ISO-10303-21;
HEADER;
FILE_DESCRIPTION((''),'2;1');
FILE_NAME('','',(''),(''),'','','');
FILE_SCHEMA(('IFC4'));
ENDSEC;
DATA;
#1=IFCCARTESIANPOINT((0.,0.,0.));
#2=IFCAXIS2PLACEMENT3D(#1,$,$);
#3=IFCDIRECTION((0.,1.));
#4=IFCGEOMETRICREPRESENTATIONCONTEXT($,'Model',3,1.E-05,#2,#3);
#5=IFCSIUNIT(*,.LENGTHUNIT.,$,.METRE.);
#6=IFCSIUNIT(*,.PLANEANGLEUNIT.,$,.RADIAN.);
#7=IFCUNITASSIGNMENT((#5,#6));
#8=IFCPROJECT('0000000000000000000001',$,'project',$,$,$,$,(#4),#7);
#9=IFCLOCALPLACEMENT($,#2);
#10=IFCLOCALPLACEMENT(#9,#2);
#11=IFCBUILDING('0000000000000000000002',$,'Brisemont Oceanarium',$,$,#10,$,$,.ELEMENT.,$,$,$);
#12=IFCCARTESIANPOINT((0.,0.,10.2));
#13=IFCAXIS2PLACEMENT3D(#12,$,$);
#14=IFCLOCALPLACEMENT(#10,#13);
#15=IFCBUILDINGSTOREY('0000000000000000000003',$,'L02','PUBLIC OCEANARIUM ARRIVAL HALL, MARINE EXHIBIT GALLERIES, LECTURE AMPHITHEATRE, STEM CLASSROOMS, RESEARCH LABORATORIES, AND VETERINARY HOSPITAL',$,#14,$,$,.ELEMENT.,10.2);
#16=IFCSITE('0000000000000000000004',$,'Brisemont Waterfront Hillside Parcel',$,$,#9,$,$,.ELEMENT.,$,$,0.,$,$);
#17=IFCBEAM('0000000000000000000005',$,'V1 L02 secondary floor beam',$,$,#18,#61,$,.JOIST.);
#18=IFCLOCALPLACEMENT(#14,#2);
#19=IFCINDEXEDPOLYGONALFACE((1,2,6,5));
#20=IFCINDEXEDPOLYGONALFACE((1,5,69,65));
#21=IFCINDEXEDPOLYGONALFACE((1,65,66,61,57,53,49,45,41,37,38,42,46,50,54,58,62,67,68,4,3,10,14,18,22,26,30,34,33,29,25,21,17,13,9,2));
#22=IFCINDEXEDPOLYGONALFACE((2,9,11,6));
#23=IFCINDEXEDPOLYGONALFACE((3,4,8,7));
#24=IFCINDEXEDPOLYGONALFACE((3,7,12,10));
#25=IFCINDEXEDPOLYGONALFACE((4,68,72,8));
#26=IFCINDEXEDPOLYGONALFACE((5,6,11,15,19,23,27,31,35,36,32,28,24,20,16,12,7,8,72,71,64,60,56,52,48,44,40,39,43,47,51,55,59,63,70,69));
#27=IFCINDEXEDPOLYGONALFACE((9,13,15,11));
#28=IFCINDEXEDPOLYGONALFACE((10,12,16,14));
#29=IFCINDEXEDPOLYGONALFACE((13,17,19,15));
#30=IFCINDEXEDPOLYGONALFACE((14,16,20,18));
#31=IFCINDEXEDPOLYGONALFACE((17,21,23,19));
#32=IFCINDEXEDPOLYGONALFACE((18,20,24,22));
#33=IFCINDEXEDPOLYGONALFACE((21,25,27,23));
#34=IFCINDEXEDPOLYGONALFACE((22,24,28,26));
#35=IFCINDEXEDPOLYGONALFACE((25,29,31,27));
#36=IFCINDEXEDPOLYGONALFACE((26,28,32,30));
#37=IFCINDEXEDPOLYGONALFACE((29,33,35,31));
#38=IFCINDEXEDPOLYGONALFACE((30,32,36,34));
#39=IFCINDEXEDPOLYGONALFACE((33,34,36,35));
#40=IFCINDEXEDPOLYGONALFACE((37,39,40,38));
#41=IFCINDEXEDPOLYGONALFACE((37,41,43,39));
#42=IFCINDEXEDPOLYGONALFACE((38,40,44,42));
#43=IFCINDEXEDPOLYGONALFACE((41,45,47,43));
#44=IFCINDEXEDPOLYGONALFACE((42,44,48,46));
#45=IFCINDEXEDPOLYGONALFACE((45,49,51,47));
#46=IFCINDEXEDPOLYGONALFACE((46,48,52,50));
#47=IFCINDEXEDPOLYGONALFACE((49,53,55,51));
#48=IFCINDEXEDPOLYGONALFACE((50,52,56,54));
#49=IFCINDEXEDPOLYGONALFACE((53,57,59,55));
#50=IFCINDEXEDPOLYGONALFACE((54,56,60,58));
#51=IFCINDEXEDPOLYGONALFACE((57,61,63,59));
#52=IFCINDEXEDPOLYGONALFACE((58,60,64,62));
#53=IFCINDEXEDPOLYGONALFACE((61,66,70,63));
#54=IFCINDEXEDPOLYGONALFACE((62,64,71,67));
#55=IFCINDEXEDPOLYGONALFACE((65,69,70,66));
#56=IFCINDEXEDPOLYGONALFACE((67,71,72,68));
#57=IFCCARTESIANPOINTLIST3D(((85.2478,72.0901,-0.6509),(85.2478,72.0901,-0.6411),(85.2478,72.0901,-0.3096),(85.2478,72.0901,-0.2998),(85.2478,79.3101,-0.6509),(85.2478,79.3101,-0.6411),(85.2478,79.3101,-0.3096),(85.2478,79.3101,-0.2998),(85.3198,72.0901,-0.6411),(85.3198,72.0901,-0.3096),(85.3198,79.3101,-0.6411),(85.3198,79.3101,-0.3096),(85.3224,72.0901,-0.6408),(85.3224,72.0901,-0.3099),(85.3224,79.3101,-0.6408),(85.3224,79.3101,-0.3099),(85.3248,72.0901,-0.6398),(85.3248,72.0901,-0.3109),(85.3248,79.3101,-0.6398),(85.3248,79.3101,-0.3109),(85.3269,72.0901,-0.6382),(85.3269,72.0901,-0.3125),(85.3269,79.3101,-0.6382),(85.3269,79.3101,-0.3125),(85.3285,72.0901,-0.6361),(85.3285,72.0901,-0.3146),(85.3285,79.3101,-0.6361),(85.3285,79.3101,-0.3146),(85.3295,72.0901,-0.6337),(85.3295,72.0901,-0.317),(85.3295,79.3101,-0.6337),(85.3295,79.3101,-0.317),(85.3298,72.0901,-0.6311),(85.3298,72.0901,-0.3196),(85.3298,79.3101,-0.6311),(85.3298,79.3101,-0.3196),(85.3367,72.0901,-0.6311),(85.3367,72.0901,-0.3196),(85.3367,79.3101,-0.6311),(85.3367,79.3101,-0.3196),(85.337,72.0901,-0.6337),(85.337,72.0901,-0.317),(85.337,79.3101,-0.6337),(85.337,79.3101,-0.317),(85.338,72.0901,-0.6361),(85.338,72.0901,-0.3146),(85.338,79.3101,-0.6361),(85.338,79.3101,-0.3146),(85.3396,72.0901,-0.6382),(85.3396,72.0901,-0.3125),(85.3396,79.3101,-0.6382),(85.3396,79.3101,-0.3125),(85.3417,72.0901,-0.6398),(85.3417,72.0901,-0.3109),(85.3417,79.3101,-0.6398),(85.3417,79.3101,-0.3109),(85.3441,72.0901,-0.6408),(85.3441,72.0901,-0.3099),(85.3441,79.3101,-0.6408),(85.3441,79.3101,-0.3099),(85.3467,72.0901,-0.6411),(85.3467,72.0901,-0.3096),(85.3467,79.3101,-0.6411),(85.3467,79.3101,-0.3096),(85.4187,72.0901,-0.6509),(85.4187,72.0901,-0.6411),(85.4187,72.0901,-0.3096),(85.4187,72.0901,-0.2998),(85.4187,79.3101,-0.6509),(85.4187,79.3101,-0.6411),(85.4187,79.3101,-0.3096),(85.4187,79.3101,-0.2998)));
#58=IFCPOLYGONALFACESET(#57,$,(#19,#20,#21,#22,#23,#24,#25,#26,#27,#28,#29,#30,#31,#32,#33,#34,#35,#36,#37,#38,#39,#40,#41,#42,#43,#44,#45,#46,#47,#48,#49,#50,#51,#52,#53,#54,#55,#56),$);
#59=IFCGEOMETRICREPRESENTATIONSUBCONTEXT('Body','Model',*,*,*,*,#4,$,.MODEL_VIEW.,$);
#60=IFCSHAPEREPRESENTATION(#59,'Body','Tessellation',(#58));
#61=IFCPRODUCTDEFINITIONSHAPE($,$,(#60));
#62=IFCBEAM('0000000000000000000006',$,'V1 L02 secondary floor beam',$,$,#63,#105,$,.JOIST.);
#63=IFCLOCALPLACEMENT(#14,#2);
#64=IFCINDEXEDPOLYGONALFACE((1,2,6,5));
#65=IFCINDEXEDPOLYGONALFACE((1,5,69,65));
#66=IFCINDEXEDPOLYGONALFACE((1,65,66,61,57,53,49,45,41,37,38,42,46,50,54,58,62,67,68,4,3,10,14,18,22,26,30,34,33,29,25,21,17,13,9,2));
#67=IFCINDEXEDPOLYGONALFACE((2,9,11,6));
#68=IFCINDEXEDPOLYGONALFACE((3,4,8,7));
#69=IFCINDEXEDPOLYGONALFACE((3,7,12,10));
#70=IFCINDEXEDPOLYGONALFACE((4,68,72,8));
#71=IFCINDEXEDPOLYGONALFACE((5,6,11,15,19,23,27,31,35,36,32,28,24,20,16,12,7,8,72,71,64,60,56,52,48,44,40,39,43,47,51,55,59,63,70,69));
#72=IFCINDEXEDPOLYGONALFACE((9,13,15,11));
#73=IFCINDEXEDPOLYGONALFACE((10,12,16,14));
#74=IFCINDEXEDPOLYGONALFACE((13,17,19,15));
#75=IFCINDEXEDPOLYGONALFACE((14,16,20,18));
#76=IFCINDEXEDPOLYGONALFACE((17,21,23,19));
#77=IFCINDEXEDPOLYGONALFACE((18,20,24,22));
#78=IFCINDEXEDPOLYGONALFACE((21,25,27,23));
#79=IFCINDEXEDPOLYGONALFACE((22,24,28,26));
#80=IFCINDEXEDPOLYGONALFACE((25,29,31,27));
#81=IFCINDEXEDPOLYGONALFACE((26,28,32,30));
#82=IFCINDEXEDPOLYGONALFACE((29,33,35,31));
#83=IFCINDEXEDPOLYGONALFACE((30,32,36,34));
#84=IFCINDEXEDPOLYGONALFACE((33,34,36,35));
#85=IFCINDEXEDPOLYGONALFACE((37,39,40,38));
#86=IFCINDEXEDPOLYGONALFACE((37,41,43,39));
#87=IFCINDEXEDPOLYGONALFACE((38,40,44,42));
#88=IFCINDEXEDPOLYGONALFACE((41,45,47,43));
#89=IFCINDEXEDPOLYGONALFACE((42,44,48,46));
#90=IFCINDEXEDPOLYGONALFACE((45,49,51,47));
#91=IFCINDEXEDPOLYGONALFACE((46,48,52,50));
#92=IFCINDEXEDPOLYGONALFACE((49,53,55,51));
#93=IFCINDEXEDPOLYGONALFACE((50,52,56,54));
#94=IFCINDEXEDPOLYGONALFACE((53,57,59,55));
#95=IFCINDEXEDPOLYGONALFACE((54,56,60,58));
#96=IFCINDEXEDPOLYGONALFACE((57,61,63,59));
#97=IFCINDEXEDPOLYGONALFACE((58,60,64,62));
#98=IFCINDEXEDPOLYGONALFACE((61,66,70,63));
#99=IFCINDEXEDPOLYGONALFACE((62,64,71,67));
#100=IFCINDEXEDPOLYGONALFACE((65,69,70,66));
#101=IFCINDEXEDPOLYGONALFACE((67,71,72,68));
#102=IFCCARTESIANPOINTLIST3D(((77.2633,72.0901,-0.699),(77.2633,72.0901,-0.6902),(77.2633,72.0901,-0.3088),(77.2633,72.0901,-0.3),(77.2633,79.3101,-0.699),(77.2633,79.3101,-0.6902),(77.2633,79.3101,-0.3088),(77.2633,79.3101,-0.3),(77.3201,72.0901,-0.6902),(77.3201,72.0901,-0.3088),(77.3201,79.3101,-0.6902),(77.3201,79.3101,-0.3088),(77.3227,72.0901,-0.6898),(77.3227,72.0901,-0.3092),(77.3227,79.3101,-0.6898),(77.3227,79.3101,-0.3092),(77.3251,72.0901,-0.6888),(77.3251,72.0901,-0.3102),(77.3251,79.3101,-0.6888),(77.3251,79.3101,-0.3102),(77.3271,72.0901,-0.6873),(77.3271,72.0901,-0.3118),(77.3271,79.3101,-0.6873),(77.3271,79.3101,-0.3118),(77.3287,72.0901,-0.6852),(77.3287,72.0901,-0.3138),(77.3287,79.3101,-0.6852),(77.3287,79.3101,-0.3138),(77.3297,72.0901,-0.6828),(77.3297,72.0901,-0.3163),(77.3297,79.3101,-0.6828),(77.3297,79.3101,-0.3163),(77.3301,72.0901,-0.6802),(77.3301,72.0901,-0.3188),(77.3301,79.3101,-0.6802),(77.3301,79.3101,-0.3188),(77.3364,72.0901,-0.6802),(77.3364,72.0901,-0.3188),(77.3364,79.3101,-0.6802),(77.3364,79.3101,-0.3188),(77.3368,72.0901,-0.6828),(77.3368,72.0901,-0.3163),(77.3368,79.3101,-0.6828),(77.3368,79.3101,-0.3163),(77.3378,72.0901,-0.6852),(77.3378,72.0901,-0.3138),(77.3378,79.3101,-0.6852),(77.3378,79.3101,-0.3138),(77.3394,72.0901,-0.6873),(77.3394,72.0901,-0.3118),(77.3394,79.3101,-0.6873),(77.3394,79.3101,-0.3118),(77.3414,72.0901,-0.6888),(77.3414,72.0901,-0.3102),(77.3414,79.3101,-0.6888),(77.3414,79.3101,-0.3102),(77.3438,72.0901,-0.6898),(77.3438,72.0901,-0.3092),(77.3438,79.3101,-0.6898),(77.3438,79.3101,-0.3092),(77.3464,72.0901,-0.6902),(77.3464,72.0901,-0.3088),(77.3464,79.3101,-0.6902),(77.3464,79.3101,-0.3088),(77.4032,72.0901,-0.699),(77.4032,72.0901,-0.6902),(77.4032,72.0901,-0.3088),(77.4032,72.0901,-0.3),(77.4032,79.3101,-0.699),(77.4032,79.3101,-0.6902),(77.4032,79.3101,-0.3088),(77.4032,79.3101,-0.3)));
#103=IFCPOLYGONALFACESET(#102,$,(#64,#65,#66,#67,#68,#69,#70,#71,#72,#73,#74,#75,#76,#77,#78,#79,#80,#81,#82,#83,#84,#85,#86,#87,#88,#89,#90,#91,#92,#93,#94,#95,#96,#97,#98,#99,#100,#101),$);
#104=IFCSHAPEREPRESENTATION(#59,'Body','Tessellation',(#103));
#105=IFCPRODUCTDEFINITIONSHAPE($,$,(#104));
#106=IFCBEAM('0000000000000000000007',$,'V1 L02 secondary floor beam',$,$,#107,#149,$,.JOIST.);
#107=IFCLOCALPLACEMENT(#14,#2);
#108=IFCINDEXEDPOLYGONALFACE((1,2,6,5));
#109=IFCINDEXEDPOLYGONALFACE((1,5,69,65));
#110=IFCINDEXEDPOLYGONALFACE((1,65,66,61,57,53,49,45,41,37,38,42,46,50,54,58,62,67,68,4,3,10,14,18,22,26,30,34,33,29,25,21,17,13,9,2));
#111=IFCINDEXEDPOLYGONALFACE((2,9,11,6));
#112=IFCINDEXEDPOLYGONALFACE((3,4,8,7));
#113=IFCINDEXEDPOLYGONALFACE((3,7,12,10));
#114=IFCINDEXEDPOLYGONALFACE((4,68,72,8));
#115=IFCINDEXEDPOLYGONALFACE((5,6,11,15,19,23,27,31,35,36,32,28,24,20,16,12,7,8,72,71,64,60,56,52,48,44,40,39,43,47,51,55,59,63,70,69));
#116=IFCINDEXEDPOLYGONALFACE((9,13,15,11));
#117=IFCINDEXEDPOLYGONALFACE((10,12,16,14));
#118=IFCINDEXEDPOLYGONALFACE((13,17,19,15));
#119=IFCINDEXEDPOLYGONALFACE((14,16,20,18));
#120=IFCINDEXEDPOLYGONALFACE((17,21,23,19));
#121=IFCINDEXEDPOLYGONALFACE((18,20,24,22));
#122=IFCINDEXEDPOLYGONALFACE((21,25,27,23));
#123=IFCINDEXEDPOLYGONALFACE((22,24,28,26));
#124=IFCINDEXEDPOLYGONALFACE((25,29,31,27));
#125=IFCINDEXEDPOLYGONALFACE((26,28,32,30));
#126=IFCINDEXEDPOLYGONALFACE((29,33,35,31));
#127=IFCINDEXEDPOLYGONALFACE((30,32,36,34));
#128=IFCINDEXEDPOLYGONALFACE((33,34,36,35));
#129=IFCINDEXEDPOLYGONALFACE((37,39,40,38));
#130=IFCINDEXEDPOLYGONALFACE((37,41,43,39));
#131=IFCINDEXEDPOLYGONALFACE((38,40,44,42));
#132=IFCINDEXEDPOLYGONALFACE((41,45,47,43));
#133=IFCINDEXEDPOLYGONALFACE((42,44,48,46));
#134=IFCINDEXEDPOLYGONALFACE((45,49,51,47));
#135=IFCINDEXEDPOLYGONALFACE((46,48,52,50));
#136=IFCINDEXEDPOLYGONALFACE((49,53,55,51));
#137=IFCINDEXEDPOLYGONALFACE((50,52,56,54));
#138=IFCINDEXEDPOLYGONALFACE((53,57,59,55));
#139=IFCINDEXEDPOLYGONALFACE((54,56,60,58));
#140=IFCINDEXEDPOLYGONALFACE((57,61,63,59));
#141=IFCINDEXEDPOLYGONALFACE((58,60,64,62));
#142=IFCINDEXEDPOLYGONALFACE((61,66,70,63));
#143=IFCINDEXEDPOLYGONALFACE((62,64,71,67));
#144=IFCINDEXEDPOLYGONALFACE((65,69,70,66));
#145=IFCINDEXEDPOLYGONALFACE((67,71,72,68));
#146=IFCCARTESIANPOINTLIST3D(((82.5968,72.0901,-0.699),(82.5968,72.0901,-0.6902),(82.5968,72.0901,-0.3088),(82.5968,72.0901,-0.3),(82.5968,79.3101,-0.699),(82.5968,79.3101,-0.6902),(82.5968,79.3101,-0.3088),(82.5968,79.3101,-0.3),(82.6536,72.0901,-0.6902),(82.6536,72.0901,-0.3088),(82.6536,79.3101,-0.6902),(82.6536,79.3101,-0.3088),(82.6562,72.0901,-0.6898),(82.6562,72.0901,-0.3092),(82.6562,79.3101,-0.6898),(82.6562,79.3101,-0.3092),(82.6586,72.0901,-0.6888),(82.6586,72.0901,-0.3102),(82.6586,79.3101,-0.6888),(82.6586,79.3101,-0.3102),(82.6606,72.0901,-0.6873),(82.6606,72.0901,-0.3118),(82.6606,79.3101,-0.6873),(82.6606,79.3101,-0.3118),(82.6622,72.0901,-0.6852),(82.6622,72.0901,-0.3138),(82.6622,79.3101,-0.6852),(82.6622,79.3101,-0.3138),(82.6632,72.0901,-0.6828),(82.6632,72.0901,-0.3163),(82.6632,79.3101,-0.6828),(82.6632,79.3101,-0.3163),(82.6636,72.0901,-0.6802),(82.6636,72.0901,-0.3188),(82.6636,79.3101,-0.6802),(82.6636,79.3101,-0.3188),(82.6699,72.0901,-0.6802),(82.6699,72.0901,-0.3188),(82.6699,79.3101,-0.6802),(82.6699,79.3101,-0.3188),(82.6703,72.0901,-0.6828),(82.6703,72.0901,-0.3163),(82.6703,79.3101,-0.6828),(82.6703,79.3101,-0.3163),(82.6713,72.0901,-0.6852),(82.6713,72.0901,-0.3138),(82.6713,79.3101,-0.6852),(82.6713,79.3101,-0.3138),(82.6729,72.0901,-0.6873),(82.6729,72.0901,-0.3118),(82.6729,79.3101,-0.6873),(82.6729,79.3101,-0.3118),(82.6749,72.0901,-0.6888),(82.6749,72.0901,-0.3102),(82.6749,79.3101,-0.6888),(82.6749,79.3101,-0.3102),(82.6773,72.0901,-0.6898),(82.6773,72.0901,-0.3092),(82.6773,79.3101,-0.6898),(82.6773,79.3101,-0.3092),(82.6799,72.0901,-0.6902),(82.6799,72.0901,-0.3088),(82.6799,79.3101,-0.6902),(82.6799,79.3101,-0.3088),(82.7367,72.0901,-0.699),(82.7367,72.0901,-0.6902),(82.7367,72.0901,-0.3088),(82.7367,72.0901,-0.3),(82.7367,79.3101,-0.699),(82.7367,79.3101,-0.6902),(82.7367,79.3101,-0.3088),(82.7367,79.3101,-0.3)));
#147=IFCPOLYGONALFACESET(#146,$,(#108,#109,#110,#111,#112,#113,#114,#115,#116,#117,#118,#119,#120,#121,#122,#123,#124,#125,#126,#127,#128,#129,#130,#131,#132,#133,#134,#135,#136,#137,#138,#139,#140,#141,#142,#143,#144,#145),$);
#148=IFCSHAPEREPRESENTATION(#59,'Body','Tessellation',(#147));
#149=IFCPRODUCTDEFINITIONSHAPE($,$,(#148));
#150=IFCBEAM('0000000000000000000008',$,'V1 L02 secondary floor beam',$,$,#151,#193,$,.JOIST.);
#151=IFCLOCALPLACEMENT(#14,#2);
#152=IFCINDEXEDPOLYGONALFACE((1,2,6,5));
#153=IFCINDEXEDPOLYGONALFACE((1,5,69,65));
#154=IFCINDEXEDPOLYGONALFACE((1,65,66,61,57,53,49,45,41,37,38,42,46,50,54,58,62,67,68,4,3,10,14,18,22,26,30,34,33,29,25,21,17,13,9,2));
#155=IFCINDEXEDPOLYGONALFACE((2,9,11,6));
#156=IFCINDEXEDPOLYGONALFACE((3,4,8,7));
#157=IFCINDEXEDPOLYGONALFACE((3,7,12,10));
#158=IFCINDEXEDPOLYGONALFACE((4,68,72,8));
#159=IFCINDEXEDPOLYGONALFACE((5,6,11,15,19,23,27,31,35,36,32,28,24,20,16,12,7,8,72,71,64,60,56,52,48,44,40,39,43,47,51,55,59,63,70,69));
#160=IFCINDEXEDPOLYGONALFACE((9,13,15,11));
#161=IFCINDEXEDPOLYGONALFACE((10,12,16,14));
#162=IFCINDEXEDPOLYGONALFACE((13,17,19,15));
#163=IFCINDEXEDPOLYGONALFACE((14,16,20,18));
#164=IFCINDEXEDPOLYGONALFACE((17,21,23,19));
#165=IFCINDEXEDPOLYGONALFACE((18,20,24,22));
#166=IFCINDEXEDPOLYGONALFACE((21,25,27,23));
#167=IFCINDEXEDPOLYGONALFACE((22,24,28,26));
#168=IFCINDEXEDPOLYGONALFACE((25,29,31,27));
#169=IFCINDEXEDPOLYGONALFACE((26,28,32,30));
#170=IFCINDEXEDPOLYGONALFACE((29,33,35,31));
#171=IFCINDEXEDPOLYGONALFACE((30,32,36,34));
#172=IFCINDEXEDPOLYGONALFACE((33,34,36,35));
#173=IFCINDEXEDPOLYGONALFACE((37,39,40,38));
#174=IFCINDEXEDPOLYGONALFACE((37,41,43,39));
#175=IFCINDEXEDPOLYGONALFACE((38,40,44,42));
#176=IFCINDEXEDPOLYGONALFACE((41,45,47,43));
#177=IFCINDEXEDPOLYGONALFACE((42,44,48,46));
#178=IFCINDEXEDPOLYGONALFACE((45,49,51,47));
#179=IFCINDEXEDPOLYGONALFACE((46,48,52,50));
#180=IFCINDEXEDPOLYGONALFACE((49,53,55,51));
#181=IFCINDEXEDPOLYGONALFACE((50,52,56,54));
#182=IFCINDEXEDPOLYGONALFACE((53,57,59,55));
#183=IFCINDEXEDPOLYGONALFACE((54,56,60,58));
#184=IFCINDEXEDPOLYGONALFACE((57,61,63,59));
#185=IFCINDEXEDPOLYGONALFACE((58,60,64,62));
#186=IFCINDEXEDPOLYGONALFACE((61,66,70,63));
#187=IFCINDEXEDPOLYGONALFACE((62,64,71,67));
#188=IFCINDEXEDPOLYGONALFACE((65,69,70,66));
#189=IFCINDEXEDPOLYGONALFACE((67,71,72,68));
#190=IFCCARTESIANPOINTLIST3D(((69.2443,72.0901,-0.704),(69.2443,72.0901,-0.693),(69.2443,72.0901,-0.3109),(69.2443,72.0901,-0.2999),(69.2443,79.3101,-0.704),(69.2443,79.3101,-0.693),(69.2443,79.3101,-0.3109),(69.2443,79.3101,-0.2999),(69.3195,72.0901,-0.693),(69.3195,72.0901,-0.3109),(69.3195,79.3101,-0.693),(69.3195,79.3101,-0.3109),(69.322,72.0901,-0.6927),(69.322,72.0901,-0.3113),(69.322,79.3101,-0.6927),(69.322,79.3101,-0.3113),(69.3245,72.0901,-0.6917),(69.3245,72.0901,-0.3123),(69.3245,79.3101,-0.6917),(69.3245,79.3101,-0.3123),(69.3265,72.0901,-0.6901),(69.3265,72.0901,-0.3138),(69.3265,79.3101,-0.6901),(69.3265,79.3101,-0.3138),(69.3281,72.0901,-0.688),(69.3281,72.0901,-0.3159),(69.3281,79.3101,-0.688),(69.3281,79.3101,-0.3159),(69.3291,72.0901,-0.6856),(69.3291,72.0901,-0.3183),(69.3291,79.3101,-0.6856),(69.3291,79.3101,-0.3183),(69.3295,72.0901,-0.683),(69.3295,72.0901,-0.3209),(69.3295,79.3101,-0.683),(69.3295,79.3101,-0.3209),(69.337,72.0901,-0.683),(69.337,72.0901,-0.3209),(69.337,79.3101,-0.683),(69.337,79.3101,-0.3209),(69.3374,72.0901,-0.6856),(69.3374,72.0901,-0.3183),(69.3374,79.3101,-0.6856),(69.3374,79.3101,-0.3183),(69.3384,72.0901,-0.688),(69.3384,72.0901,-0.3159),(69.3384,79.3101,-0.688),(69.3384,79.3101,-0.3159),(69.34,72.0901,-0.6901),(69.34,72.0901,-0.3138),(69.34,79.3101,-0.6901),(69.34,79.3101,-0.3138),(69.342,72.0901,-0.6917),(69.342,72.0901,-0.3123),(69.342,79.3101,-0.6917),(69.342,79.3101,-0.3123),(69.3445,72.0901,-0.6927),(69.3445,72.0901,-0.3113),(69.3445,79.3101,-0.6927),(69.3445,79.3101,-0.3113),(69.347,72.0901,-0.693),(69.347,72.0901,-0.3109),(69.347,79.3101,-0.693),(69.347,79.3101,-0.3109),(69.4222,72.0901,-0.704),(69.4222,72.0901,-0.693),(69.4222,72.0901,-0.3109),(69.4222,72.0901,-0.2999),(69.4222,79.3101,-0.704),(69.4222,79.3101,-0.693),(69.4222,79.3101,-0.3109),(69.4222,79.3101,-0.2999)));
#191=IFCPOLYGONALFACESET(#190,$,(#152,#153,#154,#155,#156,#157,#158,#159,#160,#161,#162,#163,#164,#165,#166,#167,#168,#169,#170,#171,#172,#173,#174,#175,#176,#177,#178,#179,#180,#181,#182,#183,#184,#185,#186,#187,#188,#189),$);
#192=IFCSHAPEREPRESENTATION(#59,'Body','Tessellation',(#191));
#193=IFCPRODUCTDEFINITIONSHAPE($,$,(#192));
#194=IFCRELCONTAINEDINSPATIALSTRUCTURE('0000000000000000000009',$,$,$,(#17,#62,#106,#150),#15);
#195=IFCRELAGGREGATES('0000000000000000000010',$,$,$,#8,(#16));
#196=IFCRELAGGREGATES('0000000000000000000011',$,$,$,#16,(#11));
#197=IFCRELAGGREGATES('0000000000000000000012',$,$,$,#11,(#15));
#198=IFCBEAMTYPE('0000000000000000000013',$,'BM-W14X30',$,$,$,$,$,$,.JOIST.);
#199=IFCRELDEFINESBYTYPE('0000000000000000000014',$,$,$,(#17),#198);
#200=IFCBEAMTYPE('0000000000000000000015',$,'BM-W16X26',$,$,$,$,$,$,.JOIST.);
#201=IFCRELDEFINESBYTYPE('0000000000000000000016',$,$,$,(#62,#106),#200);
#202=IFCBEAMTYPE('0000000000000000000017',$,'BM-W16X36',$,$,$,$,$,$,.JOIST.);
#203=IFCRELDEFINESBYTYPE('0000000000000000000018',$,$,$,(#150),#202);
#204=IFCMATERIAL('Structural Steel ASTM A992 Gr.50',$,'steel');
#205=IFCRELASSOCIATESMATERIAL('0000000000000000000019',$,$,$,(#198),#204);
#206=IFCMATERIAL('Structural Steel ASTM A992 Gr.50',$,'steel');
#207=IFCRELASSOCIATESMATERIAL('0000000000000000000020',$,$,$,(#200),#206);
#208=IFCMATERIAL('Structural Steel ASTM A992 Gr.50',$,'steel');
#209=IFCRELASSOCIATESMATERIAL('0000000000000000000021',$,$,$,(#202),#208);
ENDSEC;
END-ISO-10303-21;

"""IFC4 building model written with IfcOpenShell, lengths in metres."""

from ifc_helpers import new_model, si_unit, direction, frame, origin, origin_2d, place, context, subcontext, project, spatial, i_section, extrude, material, material_profile, profile_set, type_object, element, save


model = new_model("IFC4")

# Units and contexts
model_context = context("Model", 3, precision=1e-05, world=origin(), true_north=direction((0.0, 1.0)))
body_context = subcontext(model_context, "Body", "Model", "MODEL_VIEW")
ifc_project = project(units=[si_unit("LENGTHUNIT", "METRE"), si_unit("PLANEANGLEUNIT", "RADIAN")], contexts=[model_context])

# Site, building, storey
site_placement = place(None, origin())
site = spatial("IfcSite", under=ifc_project, at=site_placement, Name="Brisemont Waterfront Hillside Parcel", CompositionType="ELEMENT", RefElevation=0.0)
building_placement = place(site_placement, origin())
building = spatial("IfcBuilding", under=site, at=building_placement, Name="Brisemont Oceanarium", CompositionType="ELEMENT")
storey_placement = place(building_placement, frame((0.0, 0.0, 10.2)))
storey = spatial("IfcBuildingStorey", under=building, at=storey_placement, Name="L02", Description="PUBLIC OCEANARIUM ARRIVAL HALL, MARINE EXHIBIT GALLERIES, LECTURE AMPHITHEATRE, STEM CLASSROOMS, RESEARCH LABORATORIES, AND VETERINARY HOSPITAL", CompositionType="ELEMENT", Elevation=10.2)

# Beams
ifc_material_1 = material(Name="Structural Steel ASTM A992 Gr.50", Category="steel")
ifc_material_profile_1 = material_profile(ifc_material_1, i_section(OverallWidth=0.1709, OverallDepth=0.3511, WebThickness=0.0068, FlangeThickness=0.0098, FilletRadius=0.01, at=origin_2d()), Name="W14X30")
ifc_profile_set_1 = profile_set([ifc_material_profile_1], Name="Structural Steel ASTM A992 Gr.50")
beam_type_1 = type_object("IfcBeamType", Name="BM-W14X30", PredefinedType="JOIST", material=ifc_profile_set_1)
beam_1_placement = place(storey_placement, frame((85.3333, 72.0901, -0.4753), z_axis=(0.0, 1.0, 0.0), x_axis=(-1.0, 0.0, 0.0)))
element("IfcBeam", 1, at=beam_1_placement, inside=storey, type_object=beam_type_1, Name="V1 L02 secondary floor beam", PredefinedType="JOIST", context=body_context, shape_type="SweptSolid", body=[
    extrude(i_section(OverallWidth=0.1709, OverallDepth=0.3511, WebThickness=0.0068, FlangeThickness=0.0098, FilletRadius=0.01, at=origin_2d()), origin(), (0.0, 0.0, 1.0), 7.22),
])
ifc_material_2 = material(Name="Structural Steel ASTM A992 Gr.50", Category="steel")
ifc_material_profile_2 = material_profile(ifc_material_2, i_section(OverallWidth=0.1399, OverallDepth=0.3989, WebThickness=0.0063, FlangeThickness=0.0088, FilletRadius=0.01, at=origin_2d()), Name="W16X26")
ifc_profile_set_2 = profile_set([ifc_material_profile_2], Name="Structural Steel ASTM A992 Gr.50")
beam_type_2 = type_object("IfcBeamType", Name="BM-W16X26", PredefinedType="JOIST", material=ifc_profile_set_2)
for number, where, z_axis, x_axis, name in (
    (2, (77.3333, 72.0901, -0.4995), (0.0, 1.0, 0.0), (-1.0, 0.0, 0.0), "V1 L02 secondary floor beam"),
    (3, (82.6667, 72.0901, -0.4995), (0.0, 1.0, 0.0), (-1.0, 0.0, 0.0), "V1 L02 secondary floor beam"),
):
    element("IfcBeam", number, at=place(storey_placement, frame(where, z_axis=z_axis, x_axis=x_axis)), inside=storey, type_object=beam_type_2, Name=name, PredefinedType="JOIST", context=body_context, shape_type="SweptSolid", body=[
        extrude(i_section(OverallWidth=0.1399, OverallDepth=0.3989, WebThickness=0.0063, FlangeThickness=0.0088, FilletRadius=0.01, at=origin_2d()), origin(), (0.0, 0.0, 1.0), 7.22),
    ])
ifc_material_3 = material(Name="Structural Steel ASTM A992 Gr.50", Category="steel")
ifc_material_profile_3 = material_profile(ifc_material_3, i_section(OverallWidth=0.178, OverallDepth=0.4041, WebThickness=0.0076, FlangeThickness=0.011, FilletRadius=0.01, at=origin_2d()), Name="W16X36")
ifc_profile_set_3 = profile_set([ifc_material_profile_3], Name="Structural Steel ASTM A992 Gr.50")
beam_type_3 = type_object("IfcBeamType", Name="BM-W16X36", PredefinedType="JOIST", material=ifc_profile_set_3)
for number, where, z_axis, x_axis, name in (
    (4, (69.3333, 72.0901, -0.502), (0.0, 1.0, 0.0), (-1.0, 0.0, 0.0), "V1 L02 secondary floor beam"),
):
    element("IfcBeam", number, at=place(storey_placement, frame(where, z_axis=z_axis, x_axis=x_axis)), inside=storey, type_object=beam_type_3, Name=name, PredefinedType="JOIST", context=body_context, shape_type="SweptSolid", body=[
        extrude(i_section(OverallWidth=0.178, OverallDepth=0.4041, WebThickness=0.0076, FlangeThickness=0.011, FilletRadius=0.01, at=origin_2d()), origin(), (0.0, 0.0, 1.0), 7.22),
    ])

save(model, "model.ifc")
